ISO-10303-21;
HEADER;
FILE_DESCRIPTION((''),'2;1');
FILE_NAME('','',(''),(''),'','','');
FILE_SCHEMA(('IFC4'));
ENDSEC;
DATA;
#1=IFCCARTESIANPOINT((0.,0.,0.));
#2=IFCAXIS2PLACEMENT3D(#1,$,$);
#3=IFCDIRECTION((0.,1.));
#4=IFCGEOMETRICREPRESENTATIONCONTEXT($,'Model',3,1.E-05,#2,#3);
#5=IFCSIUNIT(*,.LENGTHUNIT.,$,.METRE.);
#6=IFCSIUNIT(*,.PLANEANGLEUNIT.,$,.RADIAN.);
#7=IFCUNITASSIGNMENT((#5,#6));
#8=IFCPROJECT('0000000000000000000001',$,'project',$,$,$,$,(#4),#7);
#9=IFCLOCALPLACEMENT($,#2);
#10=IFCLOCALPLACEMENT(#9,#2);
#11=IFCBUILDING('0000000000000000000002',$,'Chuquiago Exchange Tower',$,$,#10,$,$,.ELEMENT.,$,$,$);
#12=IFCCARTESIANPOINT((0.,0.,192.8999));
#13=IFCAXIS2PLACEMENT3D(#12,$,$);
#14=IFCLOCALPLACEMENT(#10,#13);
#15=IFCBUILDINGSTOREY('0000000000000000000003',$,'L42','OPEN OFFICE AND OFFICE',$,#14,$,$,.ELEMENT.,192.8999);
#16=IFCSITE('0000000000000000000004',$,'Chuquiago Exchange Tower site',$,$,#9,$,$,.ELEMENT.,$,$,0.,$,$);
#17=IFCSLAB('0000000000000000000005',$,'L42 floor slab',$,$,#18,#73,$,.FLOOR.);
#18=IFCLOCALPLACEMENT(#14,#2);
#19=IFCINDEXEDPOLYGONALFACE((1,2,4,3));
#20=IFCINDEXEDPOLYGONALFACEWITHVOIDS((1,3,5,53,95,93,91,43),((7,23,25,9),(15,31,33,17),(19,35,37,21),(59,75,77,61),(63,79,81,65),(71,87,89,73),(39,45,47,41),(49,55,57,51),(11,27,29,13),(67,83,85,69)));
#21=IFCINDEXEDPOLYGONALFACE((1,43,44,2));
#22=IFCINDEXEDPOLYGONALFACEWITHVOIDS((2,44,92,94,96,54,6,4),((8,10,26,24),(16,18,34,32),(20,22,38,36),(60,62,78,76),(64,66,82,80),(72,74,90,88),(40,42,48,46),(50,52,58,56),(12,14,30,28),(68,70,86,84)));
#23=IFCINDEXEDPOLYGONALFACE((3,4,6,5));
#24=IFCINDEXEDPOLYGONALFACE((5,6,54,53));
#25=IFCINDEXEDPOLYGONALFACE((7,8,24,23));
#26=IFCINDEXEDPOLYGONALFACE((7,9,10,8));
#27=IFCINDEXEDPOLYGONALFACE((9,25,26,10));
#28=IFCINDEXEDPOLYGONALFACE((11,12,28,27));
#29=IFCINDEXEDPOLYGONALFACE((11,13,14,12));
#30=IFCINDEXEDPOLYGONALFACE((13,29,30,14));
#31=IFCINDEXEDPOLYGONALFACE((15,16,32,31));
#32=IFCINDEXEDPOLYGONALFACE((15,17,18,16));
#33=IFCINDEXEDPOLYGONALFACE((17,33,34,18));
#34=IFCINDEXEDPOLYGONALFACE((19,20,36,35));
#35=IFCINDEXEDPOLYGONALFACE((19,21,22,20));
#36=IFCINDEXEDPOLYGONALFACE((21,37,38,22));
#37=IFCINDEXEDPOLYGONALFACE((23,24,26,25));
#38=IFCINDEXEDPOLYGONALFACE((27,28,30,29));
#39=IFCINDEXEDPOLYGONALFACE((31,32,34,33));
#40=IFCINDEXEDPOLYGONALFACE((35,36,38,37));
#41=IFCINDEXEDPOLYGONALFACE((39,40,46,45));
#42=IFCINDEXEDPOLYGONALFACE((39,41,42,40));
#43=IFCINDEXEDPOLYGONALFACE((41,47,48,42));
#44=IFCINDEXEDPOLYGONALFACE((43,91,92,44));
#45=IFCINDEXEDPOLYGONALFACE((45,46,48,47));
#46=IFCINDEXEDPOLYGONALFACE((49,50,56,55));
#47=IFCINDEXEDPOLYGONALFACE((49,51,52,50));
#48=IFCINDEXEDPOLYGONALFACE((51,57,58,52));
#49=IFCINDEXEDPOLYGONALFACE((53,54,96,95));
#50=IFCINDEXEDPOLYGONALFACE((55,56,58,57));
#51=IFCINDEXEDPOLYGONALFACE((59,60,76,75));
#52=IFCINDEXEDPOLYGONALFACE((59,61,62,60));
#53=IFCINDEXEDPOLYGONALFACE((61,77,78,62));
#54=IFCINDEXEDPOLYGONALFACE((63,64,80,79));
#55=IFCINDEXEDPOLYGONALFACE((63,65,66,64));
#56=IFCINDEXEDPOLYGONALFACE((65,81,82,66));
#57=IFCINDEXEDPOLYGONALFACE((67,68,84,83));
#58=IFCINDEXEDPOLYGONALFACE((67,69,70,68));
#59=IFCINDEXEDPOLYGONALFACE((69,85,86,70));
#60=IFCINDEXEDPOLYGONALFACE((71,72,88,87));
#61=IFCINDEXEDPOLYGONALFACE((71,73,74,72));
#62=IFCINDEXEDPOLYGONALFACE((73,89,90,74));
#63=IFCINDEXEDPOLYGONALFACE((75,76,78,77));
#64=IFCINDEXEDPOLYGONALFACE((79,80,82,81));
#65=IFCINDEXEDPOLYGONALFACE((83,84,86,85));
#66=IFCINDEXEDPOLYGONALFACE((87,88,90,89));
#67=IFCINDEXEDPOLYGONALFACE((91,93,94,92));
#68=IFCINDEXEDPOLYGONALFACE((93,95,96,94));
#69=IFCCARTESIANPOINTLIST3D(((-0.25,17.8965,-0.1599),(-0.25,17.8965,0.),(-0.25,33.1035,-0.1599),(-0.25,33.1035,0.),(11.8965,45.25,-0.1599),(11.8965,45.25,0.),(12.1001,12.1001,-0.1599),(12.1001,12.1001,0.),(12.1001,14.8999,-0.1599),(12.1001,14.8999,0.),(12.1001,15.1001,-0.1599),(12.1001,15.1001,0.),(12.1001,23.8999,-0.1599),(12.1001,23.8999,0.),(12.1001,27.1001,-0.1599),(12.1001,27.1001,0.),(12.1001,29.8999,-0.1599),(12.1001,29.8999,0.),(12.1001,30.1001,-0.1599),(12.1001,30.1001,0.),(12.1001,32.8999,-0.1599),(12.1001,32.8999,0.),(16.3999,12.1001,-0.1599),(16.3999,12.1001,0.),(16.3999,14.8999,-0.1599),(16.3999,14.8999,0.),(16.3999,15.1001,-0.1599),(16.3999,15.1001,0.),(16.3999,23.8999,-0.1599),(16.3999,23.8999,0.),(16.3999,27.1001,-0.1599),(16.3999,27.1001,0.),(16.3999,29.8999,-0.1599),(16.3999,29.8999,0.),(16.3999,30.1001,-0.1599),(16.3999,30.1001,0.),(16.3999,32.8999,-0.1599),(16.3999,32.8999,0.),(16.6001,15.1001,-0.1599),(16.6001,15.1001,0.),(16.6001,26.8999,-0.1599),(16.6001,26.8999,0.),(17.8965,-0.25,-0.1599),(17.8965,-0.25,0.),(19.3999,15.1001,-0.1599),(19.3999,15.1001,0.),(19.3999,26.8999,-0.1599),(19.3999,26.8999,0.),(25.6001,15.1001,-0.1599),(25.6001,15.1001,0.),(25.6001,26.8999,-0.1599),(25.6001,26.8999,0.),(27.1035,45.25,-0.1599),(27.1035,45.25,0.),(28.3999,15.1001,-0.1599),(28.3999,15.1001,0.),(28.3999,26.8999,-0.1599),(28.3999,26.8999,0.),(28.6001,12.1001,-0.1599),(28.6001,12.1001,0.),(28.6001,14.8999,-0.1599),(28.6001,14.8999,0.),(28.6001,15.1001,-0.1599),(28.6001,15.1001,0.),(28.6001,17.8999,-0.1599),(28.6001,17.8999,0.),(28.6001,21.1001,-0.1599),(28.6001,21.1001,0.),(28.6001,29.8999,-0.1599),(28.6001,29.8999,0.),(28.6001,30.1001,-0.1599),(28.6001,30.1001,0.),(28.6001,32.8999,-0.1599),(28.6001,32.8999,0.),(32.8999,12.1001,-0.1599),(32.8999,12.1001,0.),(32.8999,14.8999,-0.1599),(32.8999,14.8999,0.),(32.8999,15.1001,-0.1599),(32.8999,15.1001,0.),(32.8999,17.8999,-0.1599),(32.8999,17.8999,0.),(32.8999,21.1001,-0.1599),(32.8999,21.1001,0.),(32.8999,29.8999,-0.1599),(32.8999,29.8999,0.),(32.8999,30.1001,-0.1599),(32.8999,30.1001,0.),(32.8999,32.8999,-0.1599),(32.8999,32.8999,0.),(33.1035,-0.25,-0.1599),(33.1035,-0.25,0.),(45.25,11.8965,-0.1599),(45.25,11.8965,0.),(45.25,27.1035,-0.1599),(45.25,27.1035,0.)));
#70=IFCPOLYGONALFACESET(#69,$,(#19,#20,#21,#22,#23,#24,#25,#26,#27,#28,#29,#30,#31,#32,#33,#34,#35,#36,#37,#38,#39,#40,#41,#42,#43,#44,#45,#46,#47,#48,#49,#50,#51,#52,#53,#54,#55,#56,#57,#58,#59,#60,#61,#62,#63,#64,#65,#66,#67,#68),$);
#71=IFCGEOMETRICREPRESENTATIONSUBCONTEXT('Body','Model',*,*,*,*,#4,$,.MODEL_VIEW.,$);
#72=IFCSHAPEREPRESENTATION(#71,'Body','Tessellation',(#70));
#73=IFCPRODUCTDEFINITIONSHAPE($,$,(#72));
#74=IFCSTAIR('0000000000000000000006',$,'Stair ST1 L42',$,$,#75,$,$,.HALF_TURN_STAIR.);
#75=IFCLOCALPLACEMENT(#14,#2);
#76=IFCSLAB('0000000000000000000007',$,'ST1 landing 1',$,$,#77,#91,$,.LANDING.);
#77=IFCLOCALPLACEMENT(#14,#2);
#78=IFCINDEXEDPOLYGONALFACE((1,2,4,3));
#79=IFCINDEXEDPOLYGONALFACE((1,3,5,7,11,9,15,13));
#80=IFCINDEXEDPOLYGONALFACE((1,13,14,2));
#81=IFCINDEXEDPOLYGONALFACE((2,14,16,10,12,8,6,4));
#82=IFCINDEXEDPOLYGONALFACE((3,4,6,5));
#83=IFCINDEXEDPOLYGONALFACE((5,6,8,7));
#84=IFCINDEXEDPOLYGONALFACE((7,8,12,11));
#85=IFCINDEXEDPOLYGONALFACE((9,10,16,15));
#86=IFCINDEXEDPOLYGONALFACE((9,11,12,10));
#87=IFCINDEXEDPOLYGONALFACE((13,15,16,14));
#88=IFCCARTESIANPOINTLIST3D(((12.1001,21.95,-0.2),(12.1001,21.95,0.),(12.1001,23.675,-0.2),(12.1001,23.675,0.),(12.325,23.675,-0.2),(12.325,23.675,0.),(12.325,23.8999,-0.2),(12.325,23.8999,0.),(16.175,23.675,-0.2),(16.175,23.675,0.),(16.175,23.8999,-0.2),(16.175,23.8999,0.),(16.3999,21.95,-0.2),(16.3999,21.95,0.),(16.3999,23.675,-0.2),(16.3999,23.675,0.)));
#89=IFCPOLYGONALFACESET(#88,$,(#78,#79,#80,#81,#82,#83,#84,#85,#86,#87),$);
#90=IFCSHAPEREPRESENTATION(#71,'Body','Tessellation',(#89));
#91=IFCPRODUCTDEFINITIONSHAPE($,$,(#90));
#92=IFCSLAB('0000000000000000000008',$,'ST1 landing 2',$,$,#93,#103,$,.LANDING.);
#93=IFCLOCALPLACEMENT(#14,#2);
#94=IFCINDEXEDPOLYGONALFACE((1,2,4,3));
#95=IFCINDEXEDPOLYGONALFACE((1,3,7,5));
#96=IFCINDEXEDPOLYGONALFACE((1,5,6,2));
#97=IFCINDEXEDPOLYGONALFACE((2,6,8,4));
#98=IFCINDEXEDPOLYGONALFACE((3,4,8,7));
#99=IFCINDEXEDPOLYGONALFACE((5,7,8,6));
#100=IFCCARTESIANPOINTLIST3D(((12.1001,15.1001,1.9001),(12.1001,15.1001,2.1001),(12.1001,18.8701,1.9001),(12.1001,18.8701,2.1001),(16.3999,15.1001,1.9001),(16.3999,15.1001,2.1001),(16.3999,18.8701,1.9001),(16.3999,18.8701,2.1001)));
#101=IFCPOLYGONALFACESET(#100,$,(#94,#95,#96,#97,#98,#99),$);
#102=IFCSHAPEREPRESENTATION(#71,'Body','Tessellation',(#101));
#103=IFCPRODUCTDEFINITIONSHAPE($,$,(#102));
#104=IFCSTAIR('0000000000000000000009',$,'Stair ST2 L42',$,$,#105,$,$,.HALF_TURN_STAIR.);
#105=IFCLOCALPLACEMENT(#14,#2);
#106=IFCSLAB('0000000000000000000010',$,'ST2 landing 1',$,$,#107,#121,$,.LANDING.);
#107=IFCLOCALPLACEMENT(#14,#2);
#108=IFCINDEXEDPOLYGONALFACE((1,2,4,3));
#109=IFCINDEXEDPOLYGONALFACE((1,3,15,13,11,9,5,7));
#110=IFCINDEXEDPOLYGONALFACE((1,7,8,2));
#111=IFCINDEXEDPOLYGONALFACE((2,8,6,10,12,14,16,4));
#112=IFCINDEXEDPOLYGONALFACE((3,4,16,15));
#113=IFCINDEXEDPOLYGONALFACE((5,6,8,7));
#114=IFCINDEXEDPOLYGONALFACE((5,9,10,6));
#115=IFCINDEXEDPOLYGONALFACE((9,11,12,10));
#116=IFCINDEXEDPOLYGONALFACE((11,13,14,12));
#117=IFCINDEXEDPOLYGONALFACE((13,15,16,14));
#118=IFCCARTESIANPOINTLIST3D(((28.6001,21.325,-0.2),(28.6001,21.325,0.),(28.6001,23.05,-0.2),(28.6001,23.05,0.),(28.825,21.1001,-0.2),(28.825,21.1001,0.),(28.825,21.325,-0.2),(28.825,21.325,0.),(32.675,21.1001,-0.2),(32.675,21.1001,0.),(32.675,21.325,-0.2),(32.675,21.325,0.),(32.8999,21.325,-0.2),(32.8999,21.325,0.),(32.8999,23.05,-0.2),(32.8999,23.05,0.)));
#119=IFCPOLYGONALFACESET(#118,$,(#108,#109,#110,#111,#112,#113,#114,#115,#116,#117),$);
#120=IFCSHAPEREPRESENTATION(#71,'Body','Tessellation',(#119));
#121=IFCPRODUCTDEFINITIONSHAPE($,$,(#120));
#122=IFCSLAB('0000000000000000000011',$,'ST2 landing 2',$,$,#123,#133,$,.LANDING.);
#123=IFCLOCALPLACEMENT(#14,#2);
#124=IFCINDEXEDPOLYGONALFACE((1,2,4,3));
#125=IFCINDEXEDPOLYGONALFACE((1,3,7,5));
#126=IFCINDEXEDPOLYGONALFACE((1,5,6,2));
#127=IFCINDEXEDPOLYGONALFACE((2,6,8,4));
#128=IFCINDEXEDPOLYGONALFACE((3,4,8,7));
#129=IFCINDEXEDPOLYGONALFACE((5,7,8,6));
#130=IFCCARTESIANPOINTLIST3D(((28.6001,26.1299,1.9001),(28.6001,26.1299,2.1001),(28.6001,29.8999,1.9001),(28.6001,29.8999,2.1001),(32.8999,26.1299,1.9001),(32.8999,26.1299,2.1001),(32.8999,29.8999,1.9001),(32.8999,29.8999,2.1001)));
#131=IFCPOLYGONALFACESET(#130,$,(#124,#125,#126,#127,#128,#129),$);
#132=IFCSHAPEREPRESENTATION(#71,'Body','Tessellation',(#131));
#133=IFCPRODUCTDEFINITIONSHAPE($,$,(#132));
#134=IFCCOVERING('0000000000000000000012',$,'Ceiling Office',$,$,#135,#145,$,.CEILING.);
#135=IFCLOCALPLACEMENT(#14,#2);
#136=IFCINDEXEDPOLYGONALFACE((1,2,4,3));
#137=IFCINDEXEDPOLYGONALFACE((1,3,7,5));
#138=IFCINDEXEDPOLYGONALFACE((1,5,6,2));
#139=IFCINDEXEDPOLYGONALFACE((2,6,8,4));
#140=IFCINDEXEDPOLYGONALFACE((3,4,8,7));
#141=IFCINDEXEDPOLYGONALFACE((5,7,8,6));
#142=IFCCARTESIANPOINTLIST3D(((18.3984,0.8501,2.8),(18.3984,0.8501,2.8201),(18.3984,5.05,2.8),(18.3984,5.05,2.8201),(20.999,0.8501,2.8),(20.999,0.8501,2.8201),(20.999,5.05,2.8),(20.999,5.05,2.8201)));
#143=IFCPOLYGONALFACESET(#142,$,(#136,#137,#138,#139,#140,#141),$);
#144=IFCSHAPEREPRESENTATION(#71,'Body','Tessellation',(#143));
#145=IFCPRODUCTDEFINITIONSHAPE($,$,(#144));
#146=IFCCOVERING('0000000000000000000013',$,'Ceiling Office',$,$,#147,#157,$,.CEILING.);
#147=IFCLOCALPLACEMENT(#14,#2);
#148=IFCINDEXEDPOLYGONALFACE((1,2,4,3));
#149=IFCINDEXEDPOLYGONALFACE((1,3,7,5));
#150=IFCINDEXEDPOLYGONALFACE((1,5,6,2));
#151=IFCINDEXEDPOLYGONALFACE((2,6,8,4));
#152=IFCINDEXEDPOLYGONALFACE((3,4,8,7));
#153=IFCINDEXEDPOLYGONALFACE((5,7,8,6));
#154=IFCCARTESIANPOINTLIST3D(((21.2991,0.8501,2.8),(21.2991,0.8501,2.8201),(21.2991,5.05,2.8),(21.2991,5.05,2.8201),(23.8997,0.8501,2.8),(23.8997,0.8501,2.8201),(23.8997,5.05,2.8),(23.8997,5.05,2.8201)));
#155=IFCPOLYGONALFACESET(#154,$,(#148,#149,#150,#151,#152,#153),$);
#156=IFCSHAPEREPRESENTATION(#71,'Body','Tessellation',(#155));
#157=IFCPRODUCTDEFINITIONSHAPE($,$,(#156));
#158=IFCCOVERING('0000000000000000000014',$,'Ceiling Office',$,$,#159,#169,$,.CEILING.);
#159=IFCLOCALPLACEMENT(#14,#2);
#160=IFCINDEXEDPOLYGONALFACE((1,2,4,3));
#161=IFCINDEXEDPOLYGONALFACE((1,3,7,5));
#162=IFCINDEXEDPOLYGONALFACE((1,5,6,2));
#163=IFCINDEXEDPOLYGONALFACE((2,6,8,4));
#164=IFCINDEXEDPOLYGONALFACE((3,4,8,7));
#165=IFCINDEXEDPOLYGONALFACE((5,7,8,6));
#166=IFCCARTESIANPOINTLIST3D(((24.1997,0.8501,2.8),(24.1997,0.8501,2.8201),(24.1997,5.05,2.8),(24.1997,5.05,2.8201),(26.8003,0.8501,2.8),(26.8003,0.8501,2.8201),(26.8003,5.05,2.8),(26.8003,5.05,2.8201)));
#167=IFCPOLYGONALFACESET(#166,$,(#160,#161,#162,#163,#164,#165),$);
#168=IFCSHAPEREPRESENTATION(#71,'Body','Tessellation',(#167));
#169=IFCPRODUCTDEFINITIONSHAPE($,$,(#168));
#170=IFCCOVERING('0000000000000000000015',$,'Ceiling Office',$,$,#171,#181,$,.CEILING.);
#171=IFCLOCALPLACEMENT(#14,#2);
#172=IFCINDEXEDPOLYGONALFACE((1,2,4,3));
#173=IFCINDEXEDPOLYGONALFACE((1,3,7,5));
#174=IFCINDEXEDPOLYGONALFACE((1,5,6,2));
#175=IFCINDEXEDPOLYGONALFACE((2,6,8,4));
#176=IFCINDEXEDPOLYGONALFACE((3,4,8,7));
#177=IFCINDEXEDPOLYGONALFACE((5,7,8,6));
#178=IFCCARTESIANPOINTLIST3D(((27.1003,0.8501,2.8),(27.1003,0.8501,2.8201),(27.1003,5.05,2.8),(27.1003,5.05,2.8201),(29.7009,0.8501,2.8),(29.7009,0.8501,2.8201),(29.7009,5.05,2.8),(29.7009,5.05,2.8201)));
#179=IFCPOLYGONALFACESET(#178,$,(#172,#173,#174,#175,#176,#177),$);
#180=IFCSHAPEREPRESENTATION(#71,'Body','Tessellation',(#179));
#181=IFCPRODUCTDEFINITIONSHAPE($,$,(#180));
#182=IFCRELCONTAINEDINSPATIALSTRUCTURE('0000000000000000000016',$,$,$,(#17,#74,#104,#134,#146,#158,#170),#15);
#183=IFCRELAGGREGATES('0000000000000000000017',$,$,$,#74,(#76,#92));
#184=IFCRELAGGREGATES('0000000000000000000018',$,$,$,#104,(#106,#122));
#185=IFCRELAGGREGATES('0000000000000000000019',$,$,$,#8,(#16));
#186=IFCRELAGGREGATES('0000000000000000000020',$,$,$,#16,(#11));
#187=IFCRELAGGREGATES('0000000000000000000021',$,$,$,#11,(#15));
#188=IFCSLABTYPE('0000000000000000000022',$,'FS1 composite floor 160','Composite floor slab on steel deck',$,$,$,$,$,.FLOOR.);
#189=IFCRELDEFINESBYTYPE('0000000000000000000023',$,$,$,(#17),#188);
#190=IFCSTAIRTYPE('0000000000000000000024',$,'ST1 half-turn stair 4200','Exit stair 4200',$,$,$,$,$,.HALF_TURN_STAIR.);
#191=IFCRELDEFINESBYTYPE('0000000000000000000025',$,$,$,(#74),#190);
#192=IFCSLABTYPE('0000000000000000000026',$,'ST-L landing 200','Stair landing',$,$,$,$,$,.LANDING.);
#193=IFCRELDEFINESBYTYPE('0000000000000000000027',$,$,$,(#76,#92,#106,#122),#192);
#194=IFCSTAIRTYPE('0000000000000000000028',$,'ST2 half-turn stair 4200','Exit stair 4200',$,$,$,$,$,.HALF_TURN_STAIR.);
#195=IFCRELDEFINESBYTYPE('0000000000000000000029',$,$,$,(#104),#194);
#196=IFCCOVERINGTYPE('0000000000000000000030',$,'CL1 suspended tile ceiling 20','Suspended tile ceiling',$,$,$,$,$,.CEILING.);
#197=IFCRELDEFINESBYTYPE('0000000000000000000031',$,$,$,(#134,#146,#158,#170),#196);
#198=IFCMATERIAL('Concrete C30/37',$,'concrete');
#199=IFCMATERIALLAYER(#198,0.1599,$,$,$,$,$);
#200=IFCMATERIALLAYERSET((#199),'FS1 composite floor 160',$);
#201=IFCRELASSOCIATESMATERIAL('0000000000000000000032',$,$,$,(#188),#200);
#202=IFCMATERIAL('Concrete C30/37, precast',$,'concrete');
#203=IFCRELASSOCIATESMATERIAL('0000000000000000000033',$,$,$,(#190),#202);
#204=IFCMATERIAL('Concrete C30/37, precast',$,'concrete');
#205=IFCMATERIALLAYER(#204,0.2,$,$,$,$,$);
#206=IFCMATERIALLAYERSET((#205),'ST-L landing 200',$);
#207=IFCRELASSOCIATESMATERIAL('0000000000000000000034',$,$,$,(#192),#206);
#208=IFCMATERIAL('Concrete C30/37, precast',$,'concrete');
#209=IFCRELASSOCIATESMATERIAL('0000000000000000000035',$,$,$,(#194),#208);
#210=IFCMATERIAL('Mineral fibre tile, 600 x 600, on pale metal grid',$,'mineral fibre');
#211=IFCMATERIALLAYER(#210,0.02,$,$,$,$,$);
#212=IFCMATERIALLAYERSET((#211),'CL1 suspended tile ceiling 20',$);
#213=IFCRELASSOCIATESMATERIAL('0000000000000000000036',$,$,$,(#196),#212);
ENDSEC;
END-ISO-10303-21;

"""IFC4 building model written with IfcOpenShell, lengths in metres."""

from ifc_helpers import new_model, si_unit, direction, frame, origin, place, context, subcontext, project, spatial, polyline, outline, extrude, material, layer, layer_set, type_object, element, aggregate, save


model = new_model("IFC4")

# Units and contexts
model_context = context("Model", 3, precision=1e-05, world=origin(), true_north=direction((0.0, 1.0)))
body_context = subcontext(model_context, "Body", "Model", "MODEL_VIEW")
ifc_project = project(units=[si_unit("LENGTHUNIT", "METRE"), si_unit("PLANEANGLEUNIT", "RADIAN")], contexts=[model_context])

# Site, building, storey
site_placement = place(None, origin())
site = spatial("IfcSite", under=ifc_project, at=site_placement, Name="Chuquiago Exchange Tower site", CompositionType="ELEMENT", RefElevation=0.0)
building_placement = place(site_placement, origin())
building = spatial("IfcBuilding", under=site, at=building_placement, Name="Chuquiago Exchange Tower", CompositionType="ELEMENT")
storey_placement = place(building_placement, frame((0.0, 0.0, 192.8999)))
storey = spatial("IfcBuildingStorey", under=building, at=storey_placement, Name="L42", Description="OPEN OFFICE AND OFFICE", CompositionType="ELEMENT", Elevation=192.8999)

# Slab
ifc_material_1 = material(Name="Concrete C30/37", Category="concrete")
ifc_layer_1 = layer(ifc_material_1, 0.1599)
ifc_layer_set_1 = layer_set([ifc_layer_1], Name="FS1 composite floor 160")
slab_type_1 = type_object("IfcSlabType", Name="FS1 composite floor 160", Description="Composite floor slab on steel deck", PredefinedType="FLOOR", material=ifc_layer_set_1)
slab_1_placement = place(storey_placement, frame((0.0, 0.0, -0.1599)))
element("IfcSlab", 1, at=slab_1_placement, inside=storey, type_object=slab_type_1, Name="L42 floor slab", PredefinedType="FLOOR", context=body_context, shape_type="SweptSolid", body=[
    extrude(outline(polyline([(17.8965, -0.25), (-0.25, 17.8965), (-0.25, 33.1035), (11.8965, 45.25), (27.1035, 45.25), (45.25, 27.1035), (45.25, 11.8965), (33.1035, -0.25), (17.8965, -0.25)]), holes=[polyline([(16.3999, 15.1001), (12.1001, 15.1001), (12.1001, 23.8999), (16.3999, 23.8999), (16.3999, 15.1001)]), polyline([(32.8999, 21.1001), (28.6001, 21.1001), (28.6001, 29.8999), (32.8999, 29.8999), (32.8999, 21.1001)]), polyline([(16.3999, 12.1001), (12.1001, 12.1001), (12.1001, 14.8999), (16.3999, 14.8999), (16.3999, 12.1001)]), polyline([(16.3999, 30.1001), (12.1001, 30.1001), (12.1001, 32.8999), (16.3999, 32.8999), (16.3999, 30.1001)]), polyline([(32.8999, 12.1001), (28.6001, 12.1001), (28.6001, 14.8999), (32.8999, 14.8999), (32.8999, 12.1001)]), polyline([(32.8999, 30.1001), (28.6001, 30.1001), (28.6001, 32.8999), (32.8999, 32.8999), (32.8999, 30.1001)]), polyline([(16.3999, 27.1001), (12.1001, 27.1001), (12.1001, 29.8999), (16.3999, 29.8999), (16.3999, 27.1001)]), polyline([(32.8999, 15.1001), (28.6001, 15.1001), (28.6001, 17.8999), (32.8999, 17.8999), (32.8999, 15.1001)]), polyline([(19.3999, 15.1001), (16.6001, 15.1001), (16.6001, 26.8999), (19.3999, 26.8999), (19.3999, 15.1001)]), polyline([(28.3999, 15.1001), (25.6001, 15.1001), (25.6001, 26.8999), (28.3999, 26.8999), (28.3999, 15.1001)])]), origin(), (0.0, 0.0, 1.0), 0.1599),
])

# Stairs, slabs
ifc_material_2 = material(Name="Concrete C30/37, precast", Category="concrete")
stair_type_1 = type_object("IfcStairType", Name="ST1 half-turn stair 4200", Description="Exit stair 4200", PredefinedType="HALF_TURN_STAIR", material=ifc_material_2)
stair_1_placement = place(storey_placement, origin())
stair_1 = element("IfcStair", 2, at=stair_1_placement, inside=storey, type_object=stair_type_1, Name="Stair ST1 L42", PredefinedType="HALF_TURN_STAIR")
ifc_material_3 = material(Name="Concrete C30/37, precast", Category="concrete")
ifc_layer_2 = layer(ifc_material_3, 0.2)
ifc_layer_set_2 = layer_set([ifc_layer_2], Name="ST-L landing 200")
slab_type_2 = type_object("IfcSlabType", Name="ST-L landing 200", Description="Stair landing", PredefinedType="LANDING", material=ifc_layer_set_2)
slab_2_placement = place(storey_placement, frame((0.0, 0.0, -0.2)))
slab_2 = element("IfcSlab", 3, at=slab_2_placement, type_object=slab_type_2, Name="ST1 landing 1", PredefinedType="LANDING", context=body_context, shape_type="SweptSolid", body=[
    extrude(outline(polyline([(12.325, 23.8999), (16.175, 23.8999), (16.175, 23.675), (16.3999, 23.675), (16.3999, 21.95), (12.1001, 21.95), (12.1001, 23.675), (12.325, 23.675), (12.325, 23.8999)])), origin(), (0.0, 0.0, 1.0), 0.2),
])
slab_3_placement = place(storey_placement, frame((0.0, 0.0, 1.9001)))
slab_3 = element("IfcSlab", 4, at=slab_3_placement, type_object=slab_type_2, Name="ST1 landing 2", PredefinedType="LANDING", context=body_context, shape_type="SweptSolid", body=[
    extrude(outline(polyline([(12.1001, 18.8701), (16.3999, 18.8701), (16.3999, 15.1001), (12.1001, 15.1001), (12.1001, 18.8701)])), origin(), (0.0, 0.0, 1.0), 0.2),
])
aggregate(stair_1, [slab_2, slab_3])
ifc_material_4 = material(Name="Concrete C30/37, precast", Category="concrete")
stair_type_2 = type_object("IfcStairType", Name="ST2 half-turn stair 4200", Description="Exit stair 4200", PredefinedType="HALF_TURN_STAIR", material=ifc_material_4)
stair_2_placement = place(storey_placement, origin())
stair_2 = element("IfcStair", 5, at=stair_2_placement, inside=storey, type_object=stair_type_2, Name="Stair ST2 L42", PredefinedType="HALF_TURN_STAIR")
slab_4_placement = place(storey_placement, frame((0.0, 0.0, -0.2)))
slab_4 = element("IfcSlab", 6, at=slab_4_placement, type_object=slab_type_2, Name="ST2 landing 1", PredefinedType="LANDING", context=body_context, shape_type="SweptSolid", body=[
    extrude(outline(polyline([(32.675, 21.325), (32.675, 21.1001), (28.825, 21.1001), (28.825, 21.325), (28.6001, 21.325), (28.6001, 23.05), (32.8999, 23.05), (32.8999, 21.325), (32.675, 21.325)])), origin(), (0.0, 0.0, 1.0), 0.2),
])
slab_5_placement = place(storey_placement, frame((0.0, 0.0, 1.9001)))
slab_5 = element("IfcSlab", 7, at=slab_5_placement, type_object=slab_type_2, Name="ST2 landing 2", PredefinedType="LANDING", context=body_context, shape_type="SweptSolid", body=[
    extrude(outline(polyline([(28.6001, 29.8999), (32.8999, 29.8999), (32.8999, 26.1299), (28.6001, 26.1299), (28.6001, 29.8999)])), origin(), (0.0, 0.0, 1.0), 0.2),
])
aggregate(stair_2, [slab_4, slab_5])

# Coverings
ifc_material_5 = material(Name="Mineral fibre tile, 600 x 600, on pale metal grid", Category="mineral fibre")
ifc_layer_3 = layer(ifc_material_5, 0.02)
ifc_layer_set_3 = layer_set([ifc_layer_3], Name="CL1 suspended tile ceiling 20")
covering_type_1 = type_object("IfcCoveringType", Name="CL1 suspended tile ceiling 20", Description="Suspended tile ceiling", PredefinedType="CEILING", material=ifc_layer_set_3)
covering_1_placement = place(storey_placement, frame((0.0, 0.0, 2.8)))
element("IfcCovering", 8, at=covering_1_placement, inside=storey, type_object=covering_type_1, Name="Ceiling Office", PredefinedType="CEILING", context=body_context, shape_type="SweptSolid", body=[
    extrude(outline(polyline([(18.3984, 5.05), (20.999, 5.05), (20.999, 0.8501), (18.3984, 0.8501), (18.3984, 5.05)])), origin(), (0.0, 0.0, 1.0), 0.02),
])
covering_2_placement = place(storey_placement, frame((0.0, 0.0, 2.8)))
element("IfcCovering", 9, at=covering_2_placement, inside=storey, type_object=covering_type_1, Name="Ceiling Office", PredefinedType="CEILING", context=body_context, shape_type="SweptSolid", body=[
    extrude(outline(polyline([(21.2991, 5.05), (23.8997, 5.05), (23.8997, 0.8501), (21.2991, 0.8501), (21.2991, 5.05)])), origin(), (0.0, 0.0, 1.0), 0.02),
])
covering_3_placement = place(storey_placement, frame((0.0, 0.0, 2.8)))
element("IfcCovering", 10, at=covering_3_placement, inside=storey, type_object=covering_type_1, Name="Ceiling Office", PredefinedType="CEILING", context=body_context, shape_type="SweptSolid", body=[
    extrude(outline(polyline([(24.1997, 5.05), (26.8003, 5.05), (26.8003, 0.8501), (24.1997, 0.8501), (24.1997, 5.05)])), origin(), (0.0, 0.0, 1.0), 0.02),
])
covering_4_placement = place(storey_placement, frame((0.0, 0.0, 2.8)))
element("IfcCovering", 11, at=covering_4_placement, inside=storey, type_object=covering_type_1, Name="Ceiling Office", PredefinedType="CEILING", context=body_context, shape_type="SweptSolid", body=[
    extrude(outline(polyline([(27.1003, 5.05), (29.7009, 5.05), (29.7009, 0.8501), (27.1003, 0.8501), (27.1003, 5.05)])), origin(), (0.0, 0.0, 1.0), 0.02),
])

save(model, "model.ifc")
